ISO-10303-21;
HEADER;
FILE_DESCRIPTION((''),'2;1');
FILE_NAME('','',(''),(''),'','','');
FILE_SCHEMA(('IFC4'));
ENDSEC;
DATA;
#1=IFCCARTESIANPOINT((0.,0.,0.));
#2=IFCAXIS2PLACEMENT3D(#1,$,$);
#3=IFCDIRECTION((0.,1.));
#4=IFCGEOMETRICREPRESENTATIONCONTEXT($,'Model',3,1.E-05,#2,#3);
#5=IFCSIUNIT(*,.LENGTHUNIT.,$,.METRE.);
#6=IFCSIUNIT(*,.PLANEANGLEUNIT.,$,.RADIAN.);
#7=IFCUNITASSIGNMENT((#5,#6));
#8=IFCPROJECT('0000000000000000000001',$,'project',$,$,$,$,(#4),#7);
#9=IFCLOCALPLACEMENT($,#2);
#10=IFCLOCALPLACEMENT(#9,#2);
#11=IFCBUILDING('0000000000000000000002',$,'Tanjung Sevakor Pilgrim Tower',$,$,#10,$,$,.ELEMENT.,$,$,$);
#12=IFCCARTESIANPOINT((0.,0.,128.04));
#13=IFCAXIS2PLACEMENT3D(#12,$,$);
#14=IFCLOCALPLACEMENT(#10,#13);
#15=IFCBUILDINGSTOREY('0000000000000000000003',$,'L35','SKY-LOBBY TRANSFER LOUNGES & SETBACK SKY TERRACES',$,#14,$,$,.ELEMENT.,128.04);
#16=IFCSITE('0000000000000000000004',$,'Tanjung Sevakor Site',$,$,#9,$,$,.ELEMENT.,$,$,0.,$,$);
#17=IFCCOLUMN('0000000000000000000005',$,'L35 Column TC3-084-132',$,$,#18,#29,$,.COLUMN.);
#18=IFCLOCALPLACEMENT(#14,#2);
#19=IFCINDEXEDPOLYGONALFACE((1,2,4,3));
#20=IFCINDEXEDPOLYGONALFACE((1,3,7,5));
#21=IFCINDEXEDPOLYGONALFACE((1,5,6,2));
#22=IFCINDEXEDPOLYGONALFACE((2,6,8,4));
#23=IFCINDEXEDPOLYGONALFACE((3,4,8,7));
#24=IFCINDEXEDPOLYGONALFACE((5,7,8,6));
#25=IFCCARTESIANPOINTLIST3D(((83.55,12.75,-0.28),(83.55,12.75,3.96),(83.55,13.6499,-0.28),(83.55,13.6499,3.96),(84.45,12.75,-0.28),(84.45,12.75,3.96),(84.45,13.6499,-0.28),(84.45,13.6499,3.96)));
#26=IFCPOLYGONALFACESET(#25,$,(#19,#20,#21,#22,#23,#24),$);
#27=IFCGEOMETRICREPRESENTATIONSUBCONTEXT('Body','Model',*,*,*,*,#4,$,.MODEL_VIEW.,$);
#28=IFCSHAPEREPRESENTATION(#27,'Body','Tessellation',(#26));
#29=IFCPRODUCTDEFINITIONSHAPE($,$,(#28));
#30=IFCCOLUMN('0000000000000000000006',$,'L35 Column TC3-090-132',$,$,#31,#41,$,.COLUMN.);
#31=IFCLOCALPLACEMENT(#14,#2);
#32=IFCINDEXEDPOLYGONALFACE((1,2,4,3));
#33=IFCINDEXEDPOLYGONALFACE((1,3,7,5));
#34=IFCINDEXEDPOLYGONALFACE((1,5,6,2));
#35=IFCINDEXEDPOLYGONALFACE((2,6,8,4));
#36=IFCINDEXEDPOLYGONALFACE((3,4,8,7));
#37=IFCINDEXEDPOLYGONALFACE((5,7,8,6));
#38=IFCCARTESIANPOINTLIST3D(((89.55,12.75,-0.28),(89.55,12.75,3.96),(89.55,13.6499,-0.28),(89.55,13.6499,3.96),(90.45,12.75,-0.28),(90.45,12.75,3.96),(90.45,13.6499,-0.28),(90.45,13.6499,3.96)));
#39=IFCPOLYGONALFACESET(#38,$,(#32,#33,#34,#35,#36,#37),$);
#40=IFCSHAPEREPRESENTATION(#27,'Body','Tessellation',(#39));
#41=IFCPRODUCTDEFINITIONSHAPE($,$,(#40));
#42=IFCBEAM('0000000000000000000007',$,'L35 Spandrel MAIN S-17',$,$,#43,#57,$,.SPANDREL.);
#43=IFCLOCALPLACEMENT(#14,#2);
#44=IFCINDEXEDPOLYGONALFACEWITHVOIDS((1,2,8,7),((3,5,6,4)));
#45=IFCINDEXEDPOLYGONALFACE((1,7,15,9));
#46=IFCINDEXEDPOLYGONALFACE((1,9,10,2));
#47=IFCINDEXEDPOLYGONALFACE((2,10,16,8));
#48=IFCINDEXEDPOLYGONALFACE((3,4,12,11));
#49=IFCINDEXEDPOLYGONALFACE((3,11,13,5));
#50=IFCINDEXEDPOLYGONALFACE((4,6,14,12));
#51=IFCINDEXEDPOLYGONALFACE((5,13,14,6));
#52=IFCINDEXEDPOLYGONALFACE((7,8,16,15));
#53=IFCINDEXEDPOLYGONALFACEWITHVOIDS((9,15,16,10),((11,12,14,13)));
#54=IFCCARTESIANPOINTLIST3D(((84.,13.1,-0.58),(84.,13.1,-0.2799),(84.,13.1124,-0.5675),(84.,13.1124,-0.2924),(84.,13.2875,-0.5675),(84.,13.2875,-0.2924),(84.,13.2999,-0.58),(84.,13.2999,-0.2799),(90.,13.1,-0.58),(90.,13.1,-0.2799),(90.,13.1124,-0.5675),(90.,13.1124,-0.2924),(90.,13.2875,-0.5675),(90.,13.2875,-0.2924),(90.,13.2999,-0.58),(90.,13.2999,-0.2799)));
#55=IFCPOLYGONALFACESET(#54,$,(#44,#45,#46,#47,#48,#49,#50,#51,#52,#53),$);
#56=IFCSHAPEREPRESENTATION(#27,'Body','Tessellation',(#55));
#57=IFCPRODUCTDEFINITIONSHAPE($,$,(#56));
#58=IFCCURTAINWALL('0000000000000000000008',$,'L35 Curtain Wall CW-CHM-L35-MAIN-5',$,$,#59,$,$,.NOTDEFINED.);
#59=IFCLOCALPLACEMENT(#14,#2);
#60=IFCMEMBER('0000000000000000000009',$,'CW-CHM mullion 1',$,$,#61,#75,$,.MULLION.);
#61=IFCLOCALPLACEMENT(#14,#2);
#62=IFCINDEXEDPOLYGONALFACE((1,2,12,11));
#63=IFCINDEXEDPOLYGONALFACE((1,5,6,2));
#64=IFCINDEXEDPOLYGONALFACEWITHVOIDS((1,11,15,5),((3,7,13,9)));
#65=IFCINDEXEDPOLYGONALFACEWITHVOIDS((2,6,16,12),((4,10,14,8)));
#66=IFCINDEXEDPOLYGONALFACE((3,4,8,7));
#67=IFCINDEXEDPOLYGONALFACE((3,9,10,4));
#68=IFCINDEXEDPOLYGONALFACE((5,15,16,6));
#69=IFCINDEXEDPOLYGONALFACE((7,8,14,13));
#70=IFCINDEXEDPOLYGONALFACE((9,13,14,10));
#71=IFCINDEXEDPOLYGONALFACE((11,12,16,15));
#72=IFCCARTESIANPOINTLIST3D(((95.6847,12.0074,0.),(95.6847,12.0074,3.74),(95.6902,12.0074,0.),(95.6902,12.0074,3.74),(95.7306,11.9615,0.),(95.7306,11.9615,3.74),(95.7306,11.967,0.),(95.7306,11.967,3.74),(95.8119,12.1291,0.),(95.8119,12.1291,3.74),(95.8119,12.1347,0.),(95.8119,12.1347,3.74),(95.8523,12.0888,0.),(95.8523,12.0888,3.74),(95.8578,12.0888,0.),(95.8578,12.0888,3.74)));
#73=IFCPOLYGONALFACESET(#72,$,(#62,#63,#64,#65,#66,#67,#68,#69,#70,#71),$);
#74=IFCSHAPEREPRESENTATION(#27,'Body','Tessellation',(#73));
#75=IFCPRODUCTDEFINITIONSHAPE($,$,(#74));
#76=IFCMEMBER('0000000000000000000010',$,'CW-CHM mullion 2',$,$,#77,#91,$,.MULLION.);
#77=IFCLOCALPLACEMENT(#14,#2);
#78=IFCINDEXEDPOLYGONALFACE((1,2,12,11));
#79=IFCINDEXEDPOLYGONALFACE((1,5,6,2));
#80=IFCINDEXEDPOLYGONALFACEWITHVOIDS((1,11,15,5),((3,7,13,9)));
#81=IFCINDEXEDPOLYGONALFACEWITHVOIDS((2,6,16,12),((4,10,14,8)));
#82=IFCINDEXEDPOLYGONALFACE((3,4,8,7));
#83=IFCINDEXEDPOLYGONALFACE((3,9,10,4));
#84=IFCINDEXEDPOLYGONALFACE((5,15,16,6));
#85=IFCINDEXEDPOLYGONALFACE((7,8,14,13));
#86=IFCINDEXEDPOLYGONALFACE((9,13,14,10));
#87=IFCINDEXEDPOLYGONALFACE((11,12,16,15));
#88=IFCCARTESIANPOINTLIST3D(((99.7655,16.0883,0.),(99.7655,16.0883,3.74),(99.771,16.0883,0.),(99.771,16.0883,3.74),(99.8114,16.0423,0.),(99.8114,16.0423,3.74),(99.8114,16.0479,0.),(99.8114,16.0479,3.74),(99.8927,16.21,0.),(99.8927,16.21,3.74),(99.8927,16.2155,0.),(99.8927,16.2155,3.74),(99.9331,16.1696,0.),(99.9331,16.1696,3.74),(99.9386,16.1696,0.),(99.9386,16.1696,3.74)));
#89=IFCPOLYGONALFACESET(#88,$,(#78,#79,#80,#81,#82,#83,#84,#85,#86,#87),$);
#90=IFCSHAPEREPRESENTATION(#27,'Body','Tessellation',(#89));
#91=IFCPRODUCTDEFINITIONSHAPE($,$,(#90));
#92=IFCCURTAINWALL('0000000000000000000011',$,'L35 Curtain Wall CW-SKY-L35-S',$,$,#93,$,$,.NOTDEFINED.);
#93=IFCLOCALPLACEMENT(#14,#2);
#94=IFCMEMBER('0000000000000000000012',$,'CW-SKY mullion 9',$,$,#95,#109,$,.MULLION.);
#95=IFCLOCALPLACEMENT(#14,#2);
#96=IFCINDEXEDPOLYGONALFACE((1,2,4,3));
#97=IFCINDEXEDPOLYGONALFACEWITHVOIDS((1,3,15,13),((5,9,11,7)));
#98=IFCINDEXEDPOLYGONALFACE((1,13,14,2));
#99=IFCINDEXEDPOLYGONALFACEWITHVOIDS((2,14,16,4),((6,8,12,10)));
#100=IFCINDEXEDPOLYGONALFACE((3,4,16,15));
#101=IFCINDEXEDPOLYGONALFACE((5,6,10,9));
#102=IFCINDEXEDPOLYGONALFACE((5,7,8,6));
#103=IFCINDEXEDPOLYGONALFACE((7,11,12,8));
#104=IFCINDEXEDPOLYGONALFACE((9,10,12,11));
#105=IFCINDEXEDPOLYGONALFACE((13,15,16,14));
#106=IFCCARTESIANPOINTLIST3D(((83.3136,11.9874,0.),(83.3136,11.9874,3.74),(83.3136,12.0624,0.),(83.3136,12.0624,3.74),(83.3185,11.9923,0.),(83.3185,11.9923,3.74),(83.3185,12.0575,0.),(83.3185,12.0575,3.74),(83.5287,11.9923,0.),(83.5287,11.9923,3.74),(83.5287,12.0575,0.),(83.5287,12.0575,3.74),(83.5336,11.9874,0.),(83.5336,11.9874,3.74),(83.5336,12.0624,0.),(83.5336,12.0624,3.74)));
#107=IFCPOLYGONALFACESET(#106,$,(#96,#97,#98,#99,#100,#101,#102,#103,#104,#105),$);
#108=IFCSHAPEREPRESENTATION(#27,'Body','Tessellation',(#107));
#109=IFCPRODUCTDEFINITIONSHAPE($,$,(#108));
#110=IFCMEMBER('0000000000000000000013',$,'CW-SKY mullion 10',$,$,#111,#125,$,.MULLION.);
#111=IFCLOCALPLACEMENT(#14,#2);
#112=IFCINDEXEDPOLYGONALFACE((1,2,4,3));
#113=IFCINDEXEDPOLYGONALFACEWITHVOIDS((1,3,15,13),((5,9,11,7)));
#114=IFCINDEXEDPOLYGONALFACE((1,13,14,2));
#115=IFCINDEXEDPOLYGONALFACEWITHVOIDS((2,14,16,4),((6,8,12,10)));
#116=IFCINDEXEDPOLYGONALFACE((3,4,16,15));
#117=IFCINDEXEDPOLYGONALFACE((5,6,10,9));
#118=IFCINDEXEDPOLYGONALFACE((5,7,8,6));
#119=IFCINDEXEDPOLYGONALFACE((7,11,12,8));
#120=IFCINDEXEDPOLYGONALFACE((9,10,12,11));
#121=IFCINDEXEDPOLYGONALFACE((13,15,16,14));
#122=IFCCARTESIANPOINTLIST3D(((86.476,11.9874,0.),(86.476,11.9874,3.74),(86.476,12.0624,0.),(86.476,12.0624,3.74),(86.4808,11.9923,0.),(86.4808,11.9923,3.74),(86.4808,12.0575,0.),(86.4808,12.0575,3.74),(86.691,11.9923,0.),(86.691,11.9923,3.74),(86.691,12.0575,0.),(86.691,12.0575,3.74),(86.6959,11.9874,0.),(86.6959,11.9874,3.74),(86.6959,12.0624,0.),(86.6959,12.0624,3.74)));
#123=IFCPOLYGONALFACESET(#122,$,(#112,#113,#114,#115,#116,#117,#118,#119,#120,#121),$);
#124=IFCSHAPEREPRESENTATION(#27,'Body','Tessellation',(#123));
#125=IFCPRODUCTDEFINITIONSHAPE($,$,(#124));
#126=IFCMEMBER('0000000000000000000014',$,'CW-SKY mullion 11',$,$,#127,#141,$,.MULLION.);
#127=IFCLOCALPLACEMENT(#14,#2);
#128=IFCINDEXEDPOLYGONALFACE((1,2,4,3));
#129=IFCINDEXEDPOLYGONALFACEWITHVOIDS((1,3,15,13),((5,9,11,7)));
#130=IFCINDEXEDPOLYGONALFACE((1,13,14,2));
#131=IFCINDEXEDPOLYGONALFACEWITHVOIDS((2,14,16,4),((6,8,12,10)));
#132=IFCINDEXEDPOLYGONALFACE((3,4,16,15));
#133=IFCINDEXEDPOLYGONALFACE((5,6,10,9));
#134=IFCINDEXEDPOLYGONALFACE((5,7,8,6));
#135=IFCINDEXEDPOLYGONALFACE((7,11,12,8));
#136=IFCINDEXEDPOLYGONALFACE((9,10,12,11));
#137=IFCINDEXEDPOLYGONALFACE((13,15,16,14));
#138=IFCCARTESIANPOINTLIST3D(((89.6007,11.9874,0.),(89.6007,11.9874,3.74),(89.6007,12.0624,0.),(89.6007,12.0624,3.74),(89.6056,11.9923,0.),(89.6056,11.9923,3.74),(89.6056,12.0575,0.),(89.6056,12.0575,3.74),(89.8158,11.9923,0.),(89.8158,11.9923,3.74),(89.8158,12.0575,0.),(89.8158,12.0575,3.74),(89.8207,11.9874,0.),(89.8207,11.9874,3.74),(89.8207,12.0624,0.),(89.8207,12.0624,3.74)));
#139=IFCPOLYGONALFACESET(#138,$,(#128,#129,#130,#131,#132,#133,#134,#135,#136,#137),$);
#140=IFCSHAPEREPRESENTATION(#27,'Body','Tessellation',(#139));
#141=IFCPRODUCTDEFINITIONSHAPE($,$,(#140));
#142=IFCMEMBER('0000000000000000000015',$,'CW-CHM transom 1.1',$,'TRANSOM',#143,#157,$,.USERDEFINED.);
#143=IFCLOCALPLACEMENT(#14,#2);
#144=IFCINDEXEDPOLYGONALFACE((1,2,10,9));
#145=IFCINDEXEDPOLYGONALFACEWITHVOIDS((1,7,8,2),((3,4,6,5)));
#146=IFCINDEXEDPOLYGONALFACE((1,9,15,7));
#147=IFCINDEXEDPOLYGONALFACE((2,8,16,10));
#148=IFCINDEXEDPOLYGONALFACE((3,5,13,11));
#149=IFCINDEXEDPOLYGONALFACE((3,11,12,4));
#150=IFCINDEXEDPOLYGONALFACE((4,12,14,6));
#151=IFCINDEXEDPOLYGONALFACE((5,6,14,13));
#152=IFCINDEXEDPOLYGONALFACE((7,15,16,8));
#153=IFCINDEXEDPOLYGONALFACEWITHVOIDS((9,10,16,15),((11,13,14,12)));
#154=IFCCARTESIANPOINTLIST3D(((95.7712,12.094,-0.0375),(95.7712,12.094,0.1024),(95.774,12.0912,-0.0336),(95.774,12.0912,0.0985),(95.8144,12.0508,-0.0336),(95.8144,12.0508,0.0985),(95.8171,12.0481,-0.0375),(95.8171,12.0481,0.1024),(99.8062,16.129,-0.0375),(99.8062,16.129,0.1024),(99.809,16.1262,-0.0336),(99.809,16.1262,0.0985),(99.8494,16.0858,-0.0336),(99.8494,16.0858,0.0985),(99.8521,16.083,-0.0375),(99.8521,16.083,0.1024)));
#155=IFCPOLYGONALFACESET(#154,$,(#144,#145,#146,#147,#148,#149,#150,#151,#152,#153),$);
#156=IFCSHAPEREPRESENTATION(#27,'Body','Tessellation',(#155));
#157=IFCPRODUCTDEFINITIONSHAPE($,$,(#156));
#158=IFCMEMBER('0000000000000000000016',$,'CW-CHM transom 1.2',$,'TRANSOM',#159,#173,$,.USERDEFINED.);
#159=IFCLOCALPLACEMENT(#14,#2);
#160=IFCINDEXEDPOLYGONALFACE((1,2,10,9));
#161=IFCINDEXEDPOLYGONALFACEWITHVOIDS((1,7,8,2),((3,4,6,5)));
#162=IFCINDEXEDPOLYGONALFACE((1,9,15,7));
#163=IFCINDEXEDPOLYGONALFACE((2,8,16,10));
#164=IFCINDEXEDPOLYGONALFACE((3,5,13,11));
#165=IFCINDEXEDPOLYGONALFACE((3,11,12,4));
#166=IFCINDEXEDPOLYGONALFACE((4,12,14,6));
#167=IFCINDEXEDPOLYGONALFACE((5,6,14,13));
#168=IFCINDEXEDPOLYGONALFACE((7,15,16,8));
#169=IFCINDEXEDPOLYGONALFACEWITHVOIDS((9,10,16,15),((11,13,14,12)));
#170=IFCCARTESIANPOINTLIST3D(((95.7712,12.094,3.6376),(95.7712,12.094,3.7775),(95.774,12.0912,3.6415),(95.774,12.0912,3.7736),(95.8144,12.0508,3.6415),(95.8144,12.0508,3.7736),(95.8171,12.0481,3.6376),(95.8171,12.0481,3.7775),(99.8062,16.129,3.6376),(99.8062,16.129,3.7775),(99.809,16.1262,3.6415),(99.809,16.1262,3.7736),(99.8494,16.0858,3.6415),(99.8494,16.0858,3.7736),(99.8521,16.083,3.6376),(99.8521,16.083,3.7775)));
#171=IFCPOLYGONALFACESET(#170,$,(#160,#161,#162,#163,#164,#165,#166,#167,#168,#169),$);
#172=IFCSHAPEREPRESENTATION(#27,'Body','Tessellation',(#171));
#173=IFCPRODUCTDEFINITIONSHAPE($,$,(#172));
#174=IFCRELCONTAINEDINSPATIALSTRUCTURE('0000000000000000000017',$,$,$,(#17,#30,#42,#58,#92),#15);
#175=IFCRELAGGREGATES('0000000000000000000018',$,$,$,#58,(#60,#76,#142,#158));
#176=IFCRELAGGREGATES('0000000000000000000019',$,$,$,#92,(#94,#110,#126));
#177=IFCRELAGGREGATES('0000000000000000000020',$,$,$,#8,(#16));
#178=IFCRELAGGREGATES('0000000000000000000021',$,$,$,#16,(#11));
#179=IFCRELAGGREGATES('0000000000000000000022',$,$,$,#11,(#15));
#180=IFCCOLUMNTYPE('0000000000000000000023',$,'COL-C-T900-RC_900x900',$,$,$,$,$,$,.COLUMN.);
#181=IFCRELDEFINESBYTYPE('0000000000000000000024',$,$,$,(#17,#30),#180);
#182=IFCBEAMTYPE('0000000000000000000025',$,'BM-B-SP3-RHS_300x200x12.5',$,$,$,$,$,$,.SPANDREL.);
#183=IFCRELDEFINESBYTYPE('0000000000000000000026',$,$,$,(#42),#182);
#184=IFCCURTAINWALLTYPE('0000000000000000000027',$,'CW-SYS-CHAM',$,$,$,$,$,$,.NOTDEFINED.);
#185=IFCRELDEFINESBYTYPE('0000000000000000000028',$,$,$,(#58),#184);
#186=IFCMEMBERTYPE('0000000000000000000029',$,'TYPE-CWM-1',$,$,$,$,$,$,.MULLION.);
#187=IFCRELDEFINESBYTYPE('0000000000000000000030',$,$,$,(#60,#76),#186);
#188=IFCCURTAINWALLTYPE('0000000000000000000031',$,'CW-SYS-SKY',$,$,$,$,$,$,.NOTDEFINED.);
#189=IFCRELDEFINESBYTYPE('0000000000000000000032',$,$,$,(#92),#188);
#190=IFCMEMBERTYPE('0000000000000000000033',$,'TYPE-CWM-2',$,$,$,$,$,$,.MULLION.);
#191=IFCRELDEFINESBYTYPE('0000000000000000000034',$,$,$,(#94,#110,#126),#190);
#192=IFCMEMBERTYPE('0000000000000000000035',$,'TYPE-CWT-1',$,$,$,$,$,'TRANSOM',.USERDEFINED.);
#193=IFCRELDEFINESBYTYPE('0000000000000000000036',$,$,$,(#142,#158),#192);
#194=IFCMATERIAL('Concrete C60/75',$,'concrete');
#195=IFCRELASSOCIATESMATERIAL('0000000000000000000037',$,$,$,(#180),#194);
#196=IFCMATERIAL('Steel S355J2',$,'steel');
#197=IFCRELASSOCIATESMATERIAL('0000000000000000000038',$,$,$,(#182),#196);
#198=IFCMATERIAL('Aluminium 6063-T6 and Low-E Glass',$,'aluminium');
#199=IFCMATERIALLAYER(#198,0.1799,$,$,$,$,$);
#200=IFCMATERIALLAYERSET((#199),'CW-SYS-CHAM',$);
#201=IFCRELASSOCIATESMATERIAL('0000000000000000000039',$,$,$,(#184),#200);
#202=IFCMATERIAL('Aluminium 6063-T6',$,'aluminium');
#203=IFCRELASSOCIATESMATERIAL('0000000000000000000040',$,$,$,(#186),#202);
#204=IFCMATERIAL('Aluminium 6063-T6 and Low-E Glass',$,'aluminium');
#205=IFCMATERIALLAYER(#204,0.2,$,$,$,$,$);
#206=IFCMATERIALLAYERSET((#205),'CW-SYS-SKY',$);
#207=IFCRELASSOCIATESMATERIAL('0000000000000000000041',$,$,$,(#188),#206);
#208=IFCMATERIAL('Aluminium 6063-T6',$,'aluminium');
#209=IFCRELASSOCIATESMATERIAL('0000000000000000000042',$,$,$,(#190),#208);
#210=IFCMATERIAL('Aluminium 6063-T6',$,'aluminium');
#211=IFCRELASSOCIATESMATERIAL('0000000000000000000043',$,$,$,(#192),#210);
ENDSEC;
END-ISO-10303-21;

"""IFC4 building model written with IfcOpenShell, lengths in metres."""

from ifc_helpers import new_model, si_unit, direction, frame, origin, origin_2d, place, context, subcontext, project, spatial, rectangle, hollow_rectangle, extrude, material, layer, layer_set, material_profile, profile_set, type_object, element, aggregate, save


model = new_model("IFC4")

# Units and contexts
model_context = context("Model", 3, precision=1e-05, world=origin(), true_north=direction((0.0, 1.0)))
body_context = subcontext(model_context, "Body", "Model", "MODEL_VIEW")
ifc_project = project(units=[si_unit("LENGTHUNIT", "METRE"), si_unit("PLANEANGLEUNIT", "RADIAN")], contexts=[model_context])

# Site, building, storey
site_placement = place(None, origin())
site = spatial("IfcSite", under=ifc_project, at=site_placement, Name="Tanjung Sevakor Site", CompositionType="ELEMENT", RefElevation=0.0)
building_placement = place(site_placement, origin())
building = spatial("IfcBuilding", under=site, at=building_placement, Name="Tanjung Sevakor Pilgrim Tower", CompositionType="ELEMENT")
storey_placement = place(building_placement, frame((0.0, 0.0, 128.04)))
storey = spatial("IfcBuildingStorey", under=building, at=storey_placement, Name="L35", Description="SKY-LOBBY TRANSFER LOUNGES & SETBACK SKY TERRACES", CompositionType="ELEMENT", Elevation=128.04)

# Columns
ifc_material_1 = material(Name="Concrete C60/75", Category="concrete")
ifc_material_profile_1 = material_profile(ifc_material_1, rectangle(XDim=0.8999, YDim=0.8999, at=origin_2d()))
ifc_profile_set_1 = profile_set([ifc_material_profile_1], Name="Concrete C60/75")
column_type = type_object("IfcColumnType", Name="COL-C-T900-RC_900x900", PredefinedType="COLUMN", material=ifc_profile_set_1)
for number, where, z_axis, x_axis, name in (
    (1, (84.0, 13.2, -0.28), (0.0, 0.0, 1.0), (1.0, 0.0, 0.0), "L35 Column TC3-084-132"),
    (2, (90.0, 13.2, -0.28), (0.0, 0.0, 1.0), (1.0, 0.0, 0.0), "L35 Column TC3-090-132"),
):
    element("IfcColumn", number, at=place(storey_placement, frame(where, z_axis=z_axis, x_axis=x_axis)), inside=storey, type_object=column_type, Name=name, PredefinedType="COLUMN", context=body_context, shape_type="SweptSolid", body=[
        extrude(rectangle(XDim=0.8999, YDim=0.8999, at=origin_2d()), origin(), (0.0, 0.0, 1.0), 4.24),
    ])

# Beam
ifc_material_2 = material(Name="Steel S355J2", Category="steel")
ifc_material_profile_2 = material_profile(ifc_material_2, hollow_rectangle(XDim=0.2, YDim=0.3, WallThickness=0.0125, at=origin_2d()))
ifc_profile_set_2 = profile_set([ifc_material_profile_2], Name="Steel S355J2")
beam_type = type_object("IfcBeamType", Name="BM-B-SP3-RHS_300x200x12.5", PredefinedType="SPANDREL", material=ifc_profile_set_2)
beam_placement = place(storey_placement, frame((84.0, 13.2, -0.4299), z_axis=(1.0, 0.0, 0.0), x_axis=(0.0, 1.0, 0.0)))
element("IfcBeam", 3, at=beam_placement, inside=storey, type_object=beam_type, Name="L35 Spandrel MAIN S-17", PredefinedType="SPANDREL", context=body_context, shape_type="SweptSolid", body=[
    extrude(hollow_rectangle(XDim=0.2, YDim=0.3, WallThickness=0.0125, at=origin_2d()), origin(), (0.0, 0.0, 1.0), 6.0),
])

# Curtain walls, members
ifc_material_3 = material(Name="Aluminium 6063-T6 and Low-E Glass", Category="aluminium")
ifc_layer_1 = layer(ifc_material_3, 0.1799)
ifc_layer_set_1 = layer_set([ifc_layer_1], Name="CW-SYS-CHAM")
curtain_wall_type_1 = type_object("IfcCurtainWallType", Name="CW-SYS-CHAM", PredefinedType="NOTDEFINED", material=ifc_layer_set_1)
curtain_wall_1_placement = place(storey_placement, origin())
curtain_wall_1 = element("IfcCurtainWall", 4, at=curtain_wall_1_placement, inside=storey, type_object=curtain_wall_type_1, Name="L35 Curtain Wall CW-CHM-L35-MAIN-5", PredefinedType="NOTDEFINED")
ifc_material_4 = material(Name="Aluminium 6063-T6", Category="aluminium")
ifc_material_profile_3 = material_profile(ifc_material_4, hollow_rectangle(XDim=0.0649, YDim=0.1799, WallThickness=0.0039, at=origin_2d()))
ifc_profile_set_3 = profile_set([ifc_material_profile_3], Name="Aluminium 6063-T6")
member_type_1 = type_object("IfcMemberType", Name="TYPE-CWM-1", PredefinedType="MULLION", material=ifc_profile_set_3)
member_1_placement = place(storey_placement, frame((95.7712, 12.0481, 0.0), z_axis=(0.0, 0.0, 1.0), x_axis=(-0.707107, 0.707107, 0.0)))
member_1 = element("IfcMember", 5, at=member_1_placement, type_object=member_type_1, Name="CW-CHM mullion 1", PredefinedType="MULLION", context=body_context, shape_type="SweptSolid", body=[
    extrude(hollow_rectangle(XDim=0.0649, YDim=0.1799, WallThickness=0.0039, at=origin_2d()), origin(), (0.0, 0.0, 1.0), 3.74),
])
member_2_placement = place(storey_placement, frame((99.8521, 16.1289, 0.0), z_axis=(0.0, 0.0, 1.0), x_axis=(-0.707107, 0.707107, 0.0)))
member_2 = element("IfcMember", 6, at=member_2_placement, type_object=member_type_1, Name="CW-CHM mullion 2", PredefinedType="MULLION", context=body_context, shape_type="SweptSolid", body=[
    extrude(hollow_rectangle(XDim=0.0649, YDim=0.1799, WallThickness=0.0039, at=origin_2d()), origin(), (0.0, 0.0, 1.0), 3.74),
])
ifc_material_5 = material(Name="Aluminium 6063-T6 and Low-E Glass", Category="aluminium")
ifc_layer_2 = layer(ifc_material_5, 0.2)
ifc_layer_set_2 = layer_set([ifc_layer_2], Name="CW-SYS-SKY")
curtain_wall_type_2 = type_object("IfcCurtainWallType", Name="CW-SYS-SKY", PredefinedType="NOTDEFINED", material=ifc_layer_set_2)
curtain_wall_2_placement = place(storey_placement, origin())
curtain_wall_2 = element("IfcCurtainWall", 7, at=curtain_wall_2_placement, inside=storey, type_object=curtain_wall_type_2, Name="L35 Curtain Wall CW-SKY-L35-S", PredefinedType="NOTDEFINED")
ifc_material_6 = material(Name="Aluminium 6063-T6", Category="aluminium")
ifc_material_profile_4 = material_profile(ifc_material_6, hollow_rectangle(XDim=0.075, YDim=0.22, WallThickness=0.0049, at=origin_2d()))
ifc_profile_set_4 = profile_set([ifc_material_profile_4], Name="Aluminium 6063-T6")
member_type_2 = type_object("IfcMemberType", Name="TYPE-CWM-2", PredefinedType="MULLION", material=ifc_profile_set_4)
member_3_placement = place(storey_placement, frame((83.4236, 12.0249, 0.0), z_axis=(0.0, 0.0, 1.0), x_axis=(0.0, 1.0, 0.0)))
member_3 = element("IfcMember", 8, at=member_3_placement, type_object=member_type_2, Name="CW-SKY mullion 9", PredefinedType="MULLION", context=body_context, shape_type="SweptSolid", body=[
    extrude(hollow_rectangle(XDim=0.075, YDim=0.22, WallThickness=0.0049, at=origin_2d()), origin(), (0.0, 0.0, 1.0), 3.74),
])
member_4_placement = place(storey_placement, frame((86.5859, 12.0249, 0.0), z_axis=(0.0, 0.0, 1.0), x_axis=(0.0, 1.0, 0.0)))
member_4 = element("IfcMember", 9, at=member_4_placement, type_object=member_type_2, Name="CW-SKY mullion 10", PredefinedType="MULLION", context=body_context, shape_type="SweptSolid", body=[
    extrude(hollow_rectangle(XDim=0.075, YDim=0.22, WallThickness=0.0049, at=origin_2d()), origin(), (0.0, 0.0, 1.0), 3.74),
])
member_5_placement = place(storey_placement, frame((89.7107, 12.0249, 0.0), z_axis=(0.0, 0.0, 1.0), x_axis=(0.0, 1.0, 0.0)))
member_5 = element("IfcMember", 10, at=member_5_placement, type_object=member_type_2, Name="CW-SKY mullion 11", PredefinedType="MULLION", context=body_context, shape_type="SweptSolid", body=[
    extrude(hollow_rectangle(XDim=0.075, YDim=0.22, WallThickness=0.0049, at=origin_2d()), origin(), (0.0, 0.0, 1.0), 3.74),
])

# Members
ifc_material_7 = material(Name="Aluminium 6063-T6", Category="aluminium")
ifc_material_profile_5 = material_profile(ifc_material_7, hollow_rectangle(XDim=0.0649, YDim=0.1399, WallThickness=0.0039, at=origin_2d()))
ifc_profile_set_5 = profile_set([ifc_material_profile_5], Name="Aluminium 6063-T6")
member_type_3 = type_object("IfcMemberType", Name="TYPE-CWT-1", ElementType="TRANSOM", PredefinedType="USERDEFINED", material=ifc_profile_set_5)
member_6_placement = place(storey_placement, frame((95.7942, 12.071, 0.0325), z_axis=(0.707107, 0.707107, 0.0), x_axis=(-0.707107, 0.707107, 0.0)))
member_6 = element("IfcMember", 11, at=member_6_placement, type_object=member_type_3, Name="CW-CHM transom 1.1", ObjectType="TRANSOM", PredefinedType="USERDEFINED", context=body_context, shape_type="SweptSolid", body=[
    extrude(hollow_rectangle(XDim=0.0649, YDim=0.1399, WallThickness=0.0039, at=origin_2d()), origin(), (0.0, 0.0, 1.0), 5.7063),
])
member_7_placement = place(storey_placement, frame((95.7942, 12.071, 3.7075), z_axis=(0.707107, 0.707107, 0.0), x_axis=(-0.707107, 0.707107, 0.0)))
member_7 = element("IfcMember", 12, at=member_7_placement, type_object=member_type_3, Name="CW-CHM transom 1.2", ObjectType="TRANSOM", PredefinedType="USERDEFINED", context=body_context, shape_type="SweptSolid", body=[
    extrude(hollow_rectangle(XDim=0.0649, YDim=0.1399, WallThickness=0.0039, at=origin_2d()), origin(), (0.0, 0.0, 1.0), 5.7063),
])

aggregate(curtain_wall_1, [member_1, member_2, member_6, member_7])
aggregate(curtain_wall_2, [member_3, member_4, member_5])

save(model, "model.ifc")
